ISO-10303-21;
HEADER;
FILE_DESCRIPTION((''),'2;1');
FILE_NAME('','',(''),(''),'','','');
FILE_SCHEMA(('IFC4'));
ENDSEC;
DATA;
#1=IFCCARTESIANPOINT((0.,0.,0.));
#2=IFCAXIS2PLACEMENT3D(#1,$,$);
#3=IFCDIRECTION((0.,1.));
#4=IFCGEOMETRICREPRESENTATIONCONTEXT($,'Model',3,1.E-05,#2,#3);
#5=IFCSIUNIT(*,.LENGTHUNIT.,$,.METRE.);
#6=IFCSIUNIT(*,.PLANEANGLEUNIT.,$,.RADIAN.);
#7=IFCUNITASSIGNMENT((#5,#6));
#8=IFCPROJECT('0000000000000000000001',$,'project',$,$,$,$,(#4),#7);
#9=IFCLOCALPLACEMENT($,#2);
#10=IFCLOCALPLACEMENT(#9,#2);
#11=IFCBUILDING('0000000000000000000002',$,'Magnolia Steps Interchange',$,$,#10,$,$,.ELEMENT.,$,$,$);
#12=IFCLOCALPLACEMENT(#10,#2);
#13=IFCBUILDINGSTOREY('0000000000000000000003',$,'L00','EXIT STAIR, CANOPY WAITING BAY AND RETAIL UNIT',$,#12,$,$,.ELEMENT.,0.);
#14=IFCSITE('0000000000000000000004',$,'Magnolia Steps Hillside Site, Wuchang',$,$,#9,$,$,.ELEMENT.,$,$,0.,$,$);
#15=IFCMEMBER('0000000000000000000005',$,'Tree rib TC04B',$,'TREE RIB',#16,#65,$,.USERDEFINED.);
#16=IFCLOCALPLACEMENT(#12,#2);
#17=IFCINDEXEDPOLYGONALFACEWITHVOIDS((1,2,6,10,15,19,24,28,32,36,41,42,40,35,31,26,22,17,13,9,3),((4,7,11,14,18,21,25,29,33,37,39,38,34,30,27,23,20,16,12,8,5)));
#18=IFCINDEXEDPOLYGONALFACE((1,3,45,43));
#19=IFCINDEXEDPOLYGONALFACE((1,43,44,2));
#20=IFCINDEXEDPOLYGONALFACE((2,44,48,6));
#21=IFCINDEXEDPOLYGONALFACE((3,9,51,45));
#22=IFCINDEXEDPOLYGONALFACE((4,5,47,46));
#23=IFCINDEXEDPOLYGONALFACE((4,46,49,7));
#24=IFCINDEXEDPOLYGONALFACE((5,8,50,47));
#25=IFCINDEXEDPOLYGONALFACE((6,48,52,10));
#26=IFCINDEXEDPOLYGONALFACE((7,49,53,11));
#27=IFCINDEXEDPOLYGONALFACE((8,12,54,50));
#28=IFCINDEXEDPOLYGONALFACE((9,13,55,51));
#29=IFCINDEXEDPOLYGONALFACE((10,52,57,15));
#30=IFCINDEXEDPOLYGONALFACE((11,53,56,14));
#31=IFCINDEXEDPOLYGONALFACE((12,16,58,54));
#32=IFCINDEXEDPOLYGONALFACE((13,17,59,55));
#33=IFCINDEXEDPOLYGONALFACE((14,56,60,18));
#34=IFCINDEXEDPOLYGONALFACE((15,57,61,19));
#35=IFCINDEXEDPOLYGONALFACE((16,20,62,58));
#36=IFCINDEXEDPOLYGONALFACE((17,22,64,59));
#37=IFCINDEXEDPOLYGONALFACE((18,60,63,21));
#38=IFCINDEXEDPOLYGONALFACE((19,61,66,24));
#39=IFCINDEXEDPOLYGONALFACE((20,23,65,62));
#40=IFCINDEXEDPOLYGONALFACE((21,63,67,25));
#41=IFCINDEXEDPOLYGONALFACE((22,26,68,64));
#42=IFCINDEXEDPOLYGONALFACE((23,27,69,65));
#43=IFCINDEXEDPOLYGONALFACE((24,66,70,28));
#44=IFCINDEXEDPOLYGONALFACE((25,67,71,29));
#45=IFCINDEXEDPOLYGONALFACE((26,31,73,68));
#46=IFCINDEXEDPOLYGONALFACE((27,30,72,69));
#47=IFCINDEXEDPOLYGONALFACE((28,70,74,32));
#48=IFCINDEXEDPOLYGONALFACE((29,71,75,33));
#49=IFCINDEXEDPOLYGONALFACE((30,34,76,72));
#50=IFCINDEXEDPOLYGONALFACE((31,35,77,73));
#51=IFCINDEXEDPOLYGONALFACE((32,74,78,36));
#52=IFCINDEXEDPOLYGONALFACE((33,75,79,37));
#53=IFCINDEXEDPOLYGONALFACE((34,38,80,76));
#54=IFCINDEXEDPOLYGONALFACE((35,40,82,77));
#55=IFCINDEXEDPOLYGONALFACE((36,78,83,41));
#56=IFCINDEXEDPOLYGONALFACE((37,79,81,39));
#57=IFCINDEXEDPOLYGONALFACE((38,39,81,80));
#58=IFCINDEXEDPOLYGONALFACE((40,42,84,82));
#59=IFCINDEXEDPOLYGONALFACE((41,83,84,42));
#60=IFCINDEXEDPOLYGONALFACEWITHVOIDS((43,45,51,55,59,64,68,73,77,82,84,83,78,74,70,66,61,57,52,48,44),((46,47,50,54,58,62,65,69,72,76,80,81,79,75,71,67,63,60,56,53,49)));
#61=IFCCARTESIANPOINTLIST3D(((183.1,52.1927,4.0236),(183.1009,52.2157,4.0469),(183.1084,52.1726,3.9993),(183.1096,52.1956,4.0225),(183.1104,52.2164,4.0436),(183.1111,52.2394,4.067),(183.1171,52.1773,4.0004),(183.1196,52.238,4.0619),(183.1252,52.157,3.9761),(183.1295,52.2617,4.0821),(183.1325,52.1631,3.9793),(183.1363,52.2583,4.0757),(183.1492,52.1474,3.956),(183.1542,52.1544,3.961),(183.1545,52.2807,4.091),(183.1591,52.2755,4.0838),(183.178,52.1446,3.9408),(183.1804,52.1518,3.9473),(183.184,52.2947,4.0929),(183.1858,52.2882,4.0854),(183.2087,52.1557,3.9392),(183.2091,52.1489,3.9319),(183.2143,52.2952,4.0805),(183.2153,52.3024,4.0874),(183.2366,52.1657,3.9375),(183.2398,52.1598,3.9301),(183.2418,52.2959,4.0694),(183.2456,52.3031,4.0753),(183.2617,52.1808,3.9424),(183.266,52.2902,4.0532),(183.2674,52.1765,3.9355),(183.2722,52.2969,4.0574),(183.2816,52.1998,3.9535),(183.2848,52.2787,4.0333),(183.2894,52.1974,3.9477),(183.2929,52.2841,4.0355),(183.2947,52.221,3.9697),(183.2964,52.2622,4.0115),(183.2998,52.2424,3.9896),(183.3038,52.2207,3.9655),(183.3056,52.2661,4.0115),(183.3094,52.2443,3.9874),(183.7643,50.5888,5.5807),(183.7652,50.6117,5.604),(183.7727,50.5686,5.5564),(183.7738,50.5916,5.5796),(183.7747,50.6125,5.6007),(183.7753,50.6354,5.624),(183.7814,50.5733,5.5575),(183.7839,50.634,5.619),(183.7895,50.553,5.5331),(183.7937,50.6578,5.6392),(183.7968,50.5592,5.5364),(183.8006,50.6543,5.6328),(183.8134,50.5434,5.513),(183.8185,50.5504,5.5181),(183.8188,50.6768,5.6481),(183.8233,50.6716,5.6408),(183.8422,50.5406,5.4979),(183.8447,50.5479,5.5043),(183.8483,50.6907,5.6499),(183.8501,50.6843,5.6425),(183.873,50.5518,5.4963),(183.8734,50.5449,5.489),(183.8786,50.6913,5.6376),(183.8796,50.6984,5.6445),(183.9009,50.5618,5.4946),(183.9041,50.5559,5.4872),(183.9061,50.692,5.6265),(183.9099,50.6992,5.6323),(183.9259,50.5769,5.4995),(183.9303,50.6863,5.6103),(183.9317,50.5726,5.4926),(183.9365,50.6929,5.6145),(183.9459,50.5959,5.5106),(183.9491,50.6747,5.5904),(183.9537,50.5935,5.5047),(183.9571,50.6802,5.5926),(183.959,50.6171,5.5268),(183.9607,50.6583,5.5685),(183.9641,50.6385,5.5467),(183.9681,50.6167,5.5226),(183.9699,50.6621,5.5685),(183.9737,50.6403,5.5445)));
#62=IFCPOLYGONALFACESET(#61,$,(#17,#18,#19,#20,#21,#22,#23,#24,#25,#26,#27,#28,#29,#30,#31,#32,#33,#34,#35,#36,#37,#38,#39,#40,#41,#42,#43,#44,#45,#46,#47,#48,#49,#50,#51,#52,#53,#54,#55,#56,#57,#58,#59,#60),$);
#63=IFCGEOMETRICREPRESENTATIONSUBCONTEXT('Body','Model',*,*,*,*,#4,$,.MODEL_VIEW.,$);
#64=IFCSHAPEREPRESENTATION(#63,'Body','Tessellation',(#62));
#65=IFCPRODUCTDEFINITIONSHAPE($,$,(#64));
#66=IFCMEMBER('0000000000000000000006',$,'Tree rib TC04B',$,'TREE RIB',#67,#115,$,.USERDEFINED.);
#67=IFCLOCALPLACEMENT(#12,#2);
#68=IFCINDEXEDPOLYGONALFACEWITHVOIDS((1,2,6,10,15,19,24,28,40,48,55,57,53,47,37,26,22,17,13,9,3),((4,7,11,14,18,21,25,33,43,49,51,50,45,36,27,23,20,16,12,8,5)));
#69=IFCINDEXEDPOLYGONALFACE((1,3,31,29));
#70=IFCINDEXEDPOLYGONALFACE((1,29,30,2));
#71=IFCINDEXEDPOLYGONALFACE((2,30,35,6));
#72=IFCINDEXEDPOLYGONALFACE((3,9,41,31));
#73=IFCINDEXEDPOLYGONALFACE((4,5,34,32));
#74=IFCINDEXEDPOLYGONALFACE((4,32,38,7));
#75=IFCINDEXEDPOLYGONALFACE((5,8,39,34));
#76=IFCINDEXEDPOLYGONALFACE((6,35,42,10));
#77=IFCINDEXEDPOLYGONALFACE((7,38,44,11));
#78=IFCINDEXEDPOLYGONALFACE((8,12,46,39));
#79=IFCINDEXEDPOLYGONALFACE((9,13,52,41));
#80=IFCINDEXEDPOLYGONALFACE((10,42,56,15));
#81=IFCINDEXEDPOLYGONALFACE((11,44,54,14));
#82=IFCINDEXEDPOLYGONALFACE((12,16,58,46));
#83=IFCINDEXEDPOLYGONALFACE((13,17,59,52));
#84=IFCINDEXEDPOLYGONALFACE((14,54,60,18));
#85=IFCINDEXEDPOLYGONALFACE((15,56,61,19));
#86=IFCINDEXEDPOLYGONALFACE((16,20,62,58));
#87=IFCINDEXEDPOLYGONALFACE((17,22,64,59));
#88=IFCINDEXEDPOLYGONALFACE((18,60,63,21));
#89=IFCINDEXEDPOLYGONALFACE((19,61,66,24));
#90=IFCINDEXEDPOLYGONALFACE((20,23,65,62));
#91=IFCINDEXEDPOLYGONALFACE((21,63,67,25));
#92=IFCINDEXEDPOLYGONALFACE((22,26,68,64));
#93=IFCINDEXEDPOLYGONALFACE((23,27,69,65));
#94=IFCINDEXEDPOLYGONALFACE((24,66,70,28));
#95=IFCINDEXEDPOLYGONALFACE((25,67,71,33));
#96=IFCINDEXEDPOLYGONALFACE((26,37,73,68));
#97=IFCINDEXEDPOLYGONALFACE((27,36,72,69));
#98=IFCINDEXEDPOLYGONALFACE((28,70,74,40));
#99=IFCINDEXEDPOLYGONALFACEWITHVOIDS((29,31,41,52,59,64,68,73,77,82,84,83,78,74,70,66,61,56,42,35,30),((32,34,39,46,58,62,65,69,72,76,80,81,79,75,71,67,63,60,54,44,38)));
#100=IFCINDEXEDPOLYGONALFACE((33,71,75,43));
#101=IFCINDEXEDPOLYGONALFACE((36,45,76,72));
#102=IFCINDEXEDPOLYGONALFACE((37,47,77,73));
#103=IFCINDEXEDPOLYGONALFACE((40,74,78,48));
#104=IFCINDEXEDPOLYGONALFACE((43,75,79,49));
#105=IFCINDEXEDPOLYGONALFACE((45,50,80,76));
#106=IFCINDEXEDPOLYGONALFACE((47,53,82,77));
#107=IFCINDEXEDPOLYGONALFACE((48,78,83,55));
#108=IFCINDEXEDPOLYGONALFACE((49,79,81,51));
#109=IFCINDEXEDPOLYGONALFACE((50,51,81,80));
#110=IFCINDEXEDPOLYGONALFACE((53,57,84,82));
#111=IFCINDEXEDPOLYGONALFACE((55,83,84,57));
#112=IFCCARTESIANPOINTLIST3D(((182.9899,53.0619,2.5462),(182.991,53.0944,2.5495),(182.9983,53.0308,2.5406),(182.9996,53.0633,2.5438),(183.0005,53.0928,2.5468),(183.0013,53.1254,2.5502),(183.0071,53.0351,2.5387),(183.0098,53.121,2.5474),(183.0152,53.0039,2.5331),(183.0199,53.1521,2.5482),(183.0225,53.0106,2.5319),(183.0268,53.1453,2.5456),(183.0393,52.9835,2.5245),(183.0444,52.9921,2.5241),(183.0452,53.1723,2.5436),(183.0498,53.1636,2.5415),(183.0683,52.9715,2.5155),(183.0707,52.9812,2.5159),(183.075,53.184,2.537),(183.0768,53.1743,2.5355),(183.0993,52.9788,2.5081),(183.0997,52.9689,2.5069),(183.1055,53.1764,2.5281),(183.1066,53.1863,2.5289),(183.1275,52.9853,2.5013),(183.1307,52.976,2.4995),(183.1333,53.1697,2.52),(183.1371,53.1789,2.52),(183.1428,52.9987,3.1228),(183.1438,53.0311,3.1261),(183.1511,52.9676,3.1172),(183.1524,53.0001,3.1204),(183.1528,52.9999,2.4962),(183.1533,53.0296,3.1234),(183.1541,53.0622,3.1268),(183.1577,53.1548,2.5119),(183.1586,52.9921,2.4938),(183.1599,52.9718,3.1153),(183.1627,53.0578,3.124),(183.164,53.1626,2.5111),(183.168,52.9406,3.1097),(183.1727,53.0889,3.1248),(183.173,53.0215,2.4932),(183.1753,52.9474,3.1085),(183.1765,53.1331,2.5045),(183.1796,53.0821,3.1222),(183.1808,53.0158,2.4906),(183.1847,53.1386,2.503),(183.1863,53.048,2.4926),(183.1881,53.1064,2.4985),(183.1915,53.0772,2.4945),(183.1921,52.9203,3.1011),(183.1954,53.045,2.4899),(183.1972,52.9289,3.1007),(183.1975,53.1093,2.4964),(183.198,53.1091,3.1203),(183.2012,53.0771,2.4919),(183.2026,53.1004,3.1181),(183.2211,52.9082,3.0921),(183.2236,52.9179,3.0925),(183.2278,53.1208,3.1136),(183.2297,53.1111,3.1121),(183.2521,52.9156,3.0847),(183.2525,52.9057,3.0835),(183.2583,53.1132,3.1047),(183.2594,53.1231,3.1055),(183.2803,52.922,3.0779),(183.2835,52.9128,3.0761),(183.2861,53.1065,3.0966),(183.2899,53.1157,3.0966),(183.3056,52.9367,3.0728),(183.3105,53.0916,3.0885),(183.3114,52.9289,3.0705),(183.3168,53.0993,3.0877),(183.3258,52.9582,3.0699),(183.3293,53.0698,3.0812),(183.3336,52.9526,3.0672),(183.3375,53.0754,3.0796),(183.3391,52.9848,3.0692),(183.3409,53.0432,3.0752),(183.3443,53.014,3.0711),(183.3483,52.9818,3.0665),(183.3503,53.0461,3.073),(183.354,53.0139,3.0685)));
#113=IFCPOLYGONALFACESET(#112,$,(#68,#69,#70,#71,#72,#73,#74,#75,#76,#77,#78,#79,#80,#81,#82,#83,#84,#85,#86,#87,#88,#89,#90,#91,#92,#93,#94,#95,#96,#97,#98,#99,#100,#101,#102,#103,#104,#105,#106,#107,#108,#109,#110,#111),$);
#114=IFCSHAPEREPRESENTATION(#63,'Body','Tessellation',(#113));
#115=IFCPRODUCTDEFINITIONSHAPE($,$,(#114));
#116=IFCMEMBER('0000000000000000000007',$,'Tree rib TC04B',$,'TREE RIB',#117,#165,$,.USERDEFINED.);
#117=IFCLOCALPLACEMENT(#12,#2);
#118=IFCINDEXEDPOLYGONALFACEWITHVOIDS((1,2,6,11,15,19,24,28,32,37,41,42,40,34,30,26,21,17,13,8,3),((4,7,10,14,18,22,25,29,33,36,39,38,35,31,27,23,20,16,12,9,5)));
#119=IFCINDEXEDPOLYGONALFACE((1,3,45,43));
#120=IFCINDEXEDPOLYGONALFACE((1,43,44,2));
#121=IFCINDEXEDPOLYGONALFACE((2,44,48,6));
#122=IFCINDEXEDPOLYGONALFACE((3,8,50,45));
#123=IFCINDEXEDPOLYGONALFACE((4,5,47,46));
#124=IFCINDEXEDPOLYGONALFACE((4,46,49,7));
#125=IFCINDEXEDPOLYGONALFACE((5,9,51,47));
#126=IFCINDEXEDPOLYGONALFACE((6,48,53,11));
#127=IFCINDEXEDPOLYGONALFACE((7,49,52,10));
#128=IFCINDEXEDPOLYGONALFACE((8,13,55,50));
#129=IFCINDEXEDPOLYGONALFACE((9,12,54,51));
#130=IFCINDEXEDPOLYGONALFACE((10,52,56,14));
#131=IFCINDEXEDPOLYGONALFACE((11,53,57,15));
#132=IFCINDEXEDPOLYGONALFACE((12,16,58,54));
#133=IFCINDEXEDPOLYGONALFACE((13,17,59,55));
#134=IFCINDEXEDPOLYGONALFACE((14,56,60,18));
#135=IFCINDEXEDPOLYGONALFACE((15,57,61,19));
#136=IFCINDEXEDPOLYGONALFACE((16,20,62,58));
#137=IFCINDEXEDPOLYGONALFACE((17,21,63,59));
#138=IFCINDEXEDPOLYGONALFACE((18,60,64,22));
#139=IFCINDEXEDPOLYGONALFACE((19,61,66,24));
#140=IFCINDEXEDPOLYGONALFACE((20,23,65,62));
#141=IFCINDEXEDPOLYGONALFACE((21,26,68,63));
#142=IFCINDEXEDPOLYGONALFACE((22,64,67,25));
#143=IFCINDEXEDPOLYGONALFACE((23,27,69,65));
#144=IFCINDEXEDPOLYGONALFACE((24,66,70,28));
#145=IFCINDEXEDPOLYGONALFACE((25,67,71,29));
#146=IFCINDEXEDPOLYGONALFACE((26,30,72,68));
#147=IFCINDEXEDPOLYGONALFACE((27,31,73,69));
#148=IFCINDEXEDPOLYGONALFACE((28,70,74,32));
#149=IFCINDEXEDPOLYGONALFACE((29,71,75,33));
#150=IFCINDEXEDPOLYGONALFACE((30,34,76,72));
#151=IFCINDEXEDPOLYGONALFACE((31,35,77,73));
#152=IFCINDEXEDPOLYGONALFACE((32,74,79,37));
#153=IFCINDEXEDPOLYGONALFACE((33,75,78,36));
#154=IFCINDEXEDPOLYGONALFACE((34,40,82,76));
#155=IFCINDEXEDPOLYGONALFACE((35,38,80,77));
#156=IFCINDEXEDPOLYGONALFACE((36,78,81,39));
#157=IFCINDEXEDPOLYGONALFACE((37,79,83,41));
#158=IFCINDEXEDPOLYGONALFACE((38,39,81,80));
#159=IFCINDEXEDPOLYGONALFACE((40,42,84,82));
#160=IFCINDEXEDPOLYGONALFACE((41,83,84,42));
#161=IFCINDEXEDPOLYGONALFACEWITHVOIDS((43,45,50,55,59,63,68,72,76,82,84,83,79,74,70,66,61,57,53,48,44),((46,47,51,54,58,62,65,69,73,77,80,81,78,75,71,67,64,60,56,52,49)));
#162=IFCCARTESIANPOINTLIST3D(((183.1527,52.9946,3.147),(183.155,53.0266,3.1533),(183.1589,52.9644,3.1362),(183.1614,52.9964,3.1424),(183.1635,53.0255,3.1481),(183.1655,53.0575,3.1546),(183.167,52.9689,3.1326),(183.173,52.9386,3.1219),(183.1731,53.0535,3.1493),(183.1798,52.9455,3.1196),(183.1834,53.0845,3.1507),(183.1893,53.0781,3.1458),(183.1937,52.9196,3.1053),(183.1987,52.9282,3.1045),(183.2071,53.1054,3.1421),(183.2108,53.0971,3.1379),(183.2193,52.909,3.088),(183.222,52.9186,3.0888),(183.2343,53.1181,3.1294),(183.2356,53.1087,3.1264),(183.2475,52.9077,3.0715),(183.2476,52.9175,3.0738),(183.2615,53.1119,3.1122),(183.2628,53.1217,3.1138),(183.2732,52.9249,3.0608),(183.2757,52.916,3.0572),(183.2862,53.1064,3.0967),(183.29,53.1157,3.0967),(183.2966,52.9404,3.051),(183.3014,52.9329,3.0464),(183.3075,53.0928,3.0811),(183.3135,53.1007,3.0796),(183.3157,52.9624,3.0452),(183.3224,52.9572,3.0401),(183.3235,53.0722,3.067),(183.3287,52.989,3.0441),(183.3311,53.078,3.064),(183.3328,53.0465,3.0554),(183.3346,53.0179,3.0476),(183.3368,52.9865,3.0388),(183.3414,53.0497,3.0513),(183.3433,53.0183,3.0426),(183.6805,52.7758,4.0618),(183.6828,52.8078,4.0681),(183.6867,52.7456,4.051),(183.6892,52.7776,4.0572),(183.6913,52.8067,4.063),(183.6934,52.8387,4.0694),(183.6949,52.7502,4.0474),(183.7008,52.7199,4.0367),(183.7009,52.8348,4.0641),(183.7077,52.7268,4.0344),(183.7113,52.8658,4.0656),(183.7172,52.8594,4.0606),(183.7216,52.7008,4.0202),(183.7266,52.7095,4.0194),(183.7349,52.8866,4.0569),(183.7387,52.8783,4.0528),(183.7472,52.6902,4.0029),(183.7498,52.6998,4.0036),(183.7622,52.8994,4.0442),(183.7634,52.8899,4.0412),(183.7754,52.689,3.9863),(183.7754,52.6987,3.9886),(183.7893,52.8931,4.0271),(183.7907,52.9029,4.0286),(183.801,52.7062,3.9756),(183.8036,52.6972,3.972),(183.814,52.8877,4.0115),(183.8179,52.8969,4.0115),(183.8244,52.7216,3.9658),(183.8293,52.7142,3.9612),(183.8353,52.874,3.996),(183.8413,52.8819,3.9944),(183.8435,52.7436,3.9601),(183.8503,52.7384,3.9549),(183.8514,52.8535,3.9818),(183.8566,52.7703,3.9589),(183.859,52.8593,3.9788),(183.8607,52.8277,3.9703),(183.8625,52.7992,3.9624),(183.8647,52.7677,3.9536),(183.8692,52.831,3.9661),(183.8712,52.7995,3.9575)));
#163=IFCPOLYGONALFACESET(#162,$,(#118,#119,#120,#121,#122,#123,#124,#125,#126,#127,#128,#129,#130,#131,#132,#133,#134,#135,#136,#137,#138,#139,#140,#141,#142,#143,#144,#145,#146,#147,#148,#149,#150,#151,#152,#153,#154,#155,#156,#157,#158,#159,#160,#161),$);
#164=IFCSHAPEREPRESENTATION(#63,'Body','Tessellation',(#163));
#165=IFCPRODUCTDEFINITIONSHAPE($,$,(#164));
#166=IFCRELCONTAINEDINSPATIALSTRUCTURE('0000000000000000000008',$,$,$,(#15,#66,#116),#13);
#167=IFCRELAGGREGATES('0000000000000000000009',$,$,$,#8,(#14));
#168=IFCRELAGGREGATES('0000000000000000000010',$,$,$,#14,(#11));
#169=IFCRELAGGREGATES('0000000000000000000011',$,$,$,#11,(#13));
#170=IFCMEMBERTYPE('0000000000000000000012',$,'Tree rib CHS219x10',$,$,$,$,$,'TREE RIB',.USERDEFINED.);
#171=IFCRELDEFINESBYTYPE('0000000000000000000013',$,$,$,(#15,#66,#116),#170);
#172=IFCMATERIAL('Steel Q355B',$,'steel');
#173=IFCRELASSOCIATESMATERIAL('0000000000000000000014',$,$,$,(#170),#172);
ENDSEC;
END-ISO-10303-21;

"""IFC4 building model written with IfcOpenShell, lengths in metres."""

from ifc_helpers import new_model, si_unit, direction, frame, origin, origin_2d, place, context, subcontext, project, spatial, hollow_circle, extrude, material, material_profile, profile_set, type_object, element, save


model = new_model("IFC4")

# Units and contexts
model_context = context("Model", 3, precision=1e-05, world=origin(), true_north=direction((0.0, 1.0)))
body_context = subcontext(model_context, "Body", "Model", "MODEL_VIEW")
ifc_project = project(units=[si_unit("LENGTHUNIT", "METRE"), si_unit("PLANEANGLEUNIT", "RADIAN")], contexts=[model_context])

# Site, building, storey
site_placement = place(None, origin())
site = spatial("IfcSite", under=ifc_project, at=site_placement, Name="Magnolia Steps Hillside Site, Wuchang", CompositionType="ELEMENT", RefElevation=0.0)
building_placement = place(site_placement, origin())
building = spatial("IfcBuilding", under=site, at=building_placement, Name="Magnolia Steps Interchange", CompositionType="ELEMENT")
storey_placement = place(building_placement, origin())
storey = spatial("IfcBuildingStorey", under=building, at=storey_placement, Name="L00", Description="EXIT STAIR, CANOPY WAITING BAY AND RETAIL UNIT", CompositionType="ELEMENT", Elevation=0.0)

# Members
ifc_material_1 = material(Name="Steel Q355B", Category="steel")
ifc_material_profile_1 = material_profile(ifc_material_1, hollow_circle(Radius=0.1096, WallThickness=0.01, at=origin_2d()), Name="CHS219x10")
ifc_profile_set_1 = profile_set([ifc_material_profile_1], Name="Steel Q355B")
member_type = type_object("IfcMemberType", Name="Tree rib CHS219x10", ElementType="TREE RIB", PredefinedType="USERDEFINED", material=ifc_profile_set_1)
member_1_placement = place(storey_placement, frame((183.2043, 52.2241, 4.0115), z_axis=(0.284851, -0.687788, 0.667688), x_axis=(0.923899, 0.382637, 0.0)))
element("IfcMember", 1, at=member_1_placement, inside=storey, type_object=member_type, Name="Tree rib TC04B", ObjectType="TREE RIB", PredefinedType="USERDEFINED", context=body_context, shape_type="SweptSolid", body=[
    extrude(hollow_circle(Radius=0.1096, WallThickness=0.01, at=origin_2d()), origin(), (0.0, 0.0, 1.0), 2.332),
])
member_2_placement = place(storey_placement, frame((183.0952, 53.0776, 2.52), z_axis=(0.254758, -0.105403, 0.961243), x_axis=(0.382308, 0.924035, 0.0)))
element("IfcMember", 2, at=member_2_placement, inside=storey, type_object=member_type, Name="Tree rib TC04B", ObjectType="TREE RIB", PredefinedType="USERDEFINED", context=body_context, shape_type="SweptSolid", body=[
    extrude(hollow_circle(Radius=0.1096, WallThickness=0.01, at=origin_2d()), origin(), (0.0, 0.0, 1.0), 0.5999),
])
member_3_placement = place(storey_placement, frame((183.248, 53.0144, 3.0967), z_axis=(0.489382, -0.202815, 0.848157), x_axis=(0.382855, 0.923808, 0.0)))
element("IfcMember", 3, at=member_3_placement, inside=storey, type_object=member_type, Name="Tree rib TC04B", ObjectType="TREE RIB", PredefinedType="USERDEFINED", context=body_context, shape_type="SweptSolid", body=[
    extrude(hollow_circle(Radius=0.1096, WallThickness=0.01, at=origin_2d()), origin(), (0.0, 0.0, 1.0), 1.0786),
])

save(model, "model.ifc")
